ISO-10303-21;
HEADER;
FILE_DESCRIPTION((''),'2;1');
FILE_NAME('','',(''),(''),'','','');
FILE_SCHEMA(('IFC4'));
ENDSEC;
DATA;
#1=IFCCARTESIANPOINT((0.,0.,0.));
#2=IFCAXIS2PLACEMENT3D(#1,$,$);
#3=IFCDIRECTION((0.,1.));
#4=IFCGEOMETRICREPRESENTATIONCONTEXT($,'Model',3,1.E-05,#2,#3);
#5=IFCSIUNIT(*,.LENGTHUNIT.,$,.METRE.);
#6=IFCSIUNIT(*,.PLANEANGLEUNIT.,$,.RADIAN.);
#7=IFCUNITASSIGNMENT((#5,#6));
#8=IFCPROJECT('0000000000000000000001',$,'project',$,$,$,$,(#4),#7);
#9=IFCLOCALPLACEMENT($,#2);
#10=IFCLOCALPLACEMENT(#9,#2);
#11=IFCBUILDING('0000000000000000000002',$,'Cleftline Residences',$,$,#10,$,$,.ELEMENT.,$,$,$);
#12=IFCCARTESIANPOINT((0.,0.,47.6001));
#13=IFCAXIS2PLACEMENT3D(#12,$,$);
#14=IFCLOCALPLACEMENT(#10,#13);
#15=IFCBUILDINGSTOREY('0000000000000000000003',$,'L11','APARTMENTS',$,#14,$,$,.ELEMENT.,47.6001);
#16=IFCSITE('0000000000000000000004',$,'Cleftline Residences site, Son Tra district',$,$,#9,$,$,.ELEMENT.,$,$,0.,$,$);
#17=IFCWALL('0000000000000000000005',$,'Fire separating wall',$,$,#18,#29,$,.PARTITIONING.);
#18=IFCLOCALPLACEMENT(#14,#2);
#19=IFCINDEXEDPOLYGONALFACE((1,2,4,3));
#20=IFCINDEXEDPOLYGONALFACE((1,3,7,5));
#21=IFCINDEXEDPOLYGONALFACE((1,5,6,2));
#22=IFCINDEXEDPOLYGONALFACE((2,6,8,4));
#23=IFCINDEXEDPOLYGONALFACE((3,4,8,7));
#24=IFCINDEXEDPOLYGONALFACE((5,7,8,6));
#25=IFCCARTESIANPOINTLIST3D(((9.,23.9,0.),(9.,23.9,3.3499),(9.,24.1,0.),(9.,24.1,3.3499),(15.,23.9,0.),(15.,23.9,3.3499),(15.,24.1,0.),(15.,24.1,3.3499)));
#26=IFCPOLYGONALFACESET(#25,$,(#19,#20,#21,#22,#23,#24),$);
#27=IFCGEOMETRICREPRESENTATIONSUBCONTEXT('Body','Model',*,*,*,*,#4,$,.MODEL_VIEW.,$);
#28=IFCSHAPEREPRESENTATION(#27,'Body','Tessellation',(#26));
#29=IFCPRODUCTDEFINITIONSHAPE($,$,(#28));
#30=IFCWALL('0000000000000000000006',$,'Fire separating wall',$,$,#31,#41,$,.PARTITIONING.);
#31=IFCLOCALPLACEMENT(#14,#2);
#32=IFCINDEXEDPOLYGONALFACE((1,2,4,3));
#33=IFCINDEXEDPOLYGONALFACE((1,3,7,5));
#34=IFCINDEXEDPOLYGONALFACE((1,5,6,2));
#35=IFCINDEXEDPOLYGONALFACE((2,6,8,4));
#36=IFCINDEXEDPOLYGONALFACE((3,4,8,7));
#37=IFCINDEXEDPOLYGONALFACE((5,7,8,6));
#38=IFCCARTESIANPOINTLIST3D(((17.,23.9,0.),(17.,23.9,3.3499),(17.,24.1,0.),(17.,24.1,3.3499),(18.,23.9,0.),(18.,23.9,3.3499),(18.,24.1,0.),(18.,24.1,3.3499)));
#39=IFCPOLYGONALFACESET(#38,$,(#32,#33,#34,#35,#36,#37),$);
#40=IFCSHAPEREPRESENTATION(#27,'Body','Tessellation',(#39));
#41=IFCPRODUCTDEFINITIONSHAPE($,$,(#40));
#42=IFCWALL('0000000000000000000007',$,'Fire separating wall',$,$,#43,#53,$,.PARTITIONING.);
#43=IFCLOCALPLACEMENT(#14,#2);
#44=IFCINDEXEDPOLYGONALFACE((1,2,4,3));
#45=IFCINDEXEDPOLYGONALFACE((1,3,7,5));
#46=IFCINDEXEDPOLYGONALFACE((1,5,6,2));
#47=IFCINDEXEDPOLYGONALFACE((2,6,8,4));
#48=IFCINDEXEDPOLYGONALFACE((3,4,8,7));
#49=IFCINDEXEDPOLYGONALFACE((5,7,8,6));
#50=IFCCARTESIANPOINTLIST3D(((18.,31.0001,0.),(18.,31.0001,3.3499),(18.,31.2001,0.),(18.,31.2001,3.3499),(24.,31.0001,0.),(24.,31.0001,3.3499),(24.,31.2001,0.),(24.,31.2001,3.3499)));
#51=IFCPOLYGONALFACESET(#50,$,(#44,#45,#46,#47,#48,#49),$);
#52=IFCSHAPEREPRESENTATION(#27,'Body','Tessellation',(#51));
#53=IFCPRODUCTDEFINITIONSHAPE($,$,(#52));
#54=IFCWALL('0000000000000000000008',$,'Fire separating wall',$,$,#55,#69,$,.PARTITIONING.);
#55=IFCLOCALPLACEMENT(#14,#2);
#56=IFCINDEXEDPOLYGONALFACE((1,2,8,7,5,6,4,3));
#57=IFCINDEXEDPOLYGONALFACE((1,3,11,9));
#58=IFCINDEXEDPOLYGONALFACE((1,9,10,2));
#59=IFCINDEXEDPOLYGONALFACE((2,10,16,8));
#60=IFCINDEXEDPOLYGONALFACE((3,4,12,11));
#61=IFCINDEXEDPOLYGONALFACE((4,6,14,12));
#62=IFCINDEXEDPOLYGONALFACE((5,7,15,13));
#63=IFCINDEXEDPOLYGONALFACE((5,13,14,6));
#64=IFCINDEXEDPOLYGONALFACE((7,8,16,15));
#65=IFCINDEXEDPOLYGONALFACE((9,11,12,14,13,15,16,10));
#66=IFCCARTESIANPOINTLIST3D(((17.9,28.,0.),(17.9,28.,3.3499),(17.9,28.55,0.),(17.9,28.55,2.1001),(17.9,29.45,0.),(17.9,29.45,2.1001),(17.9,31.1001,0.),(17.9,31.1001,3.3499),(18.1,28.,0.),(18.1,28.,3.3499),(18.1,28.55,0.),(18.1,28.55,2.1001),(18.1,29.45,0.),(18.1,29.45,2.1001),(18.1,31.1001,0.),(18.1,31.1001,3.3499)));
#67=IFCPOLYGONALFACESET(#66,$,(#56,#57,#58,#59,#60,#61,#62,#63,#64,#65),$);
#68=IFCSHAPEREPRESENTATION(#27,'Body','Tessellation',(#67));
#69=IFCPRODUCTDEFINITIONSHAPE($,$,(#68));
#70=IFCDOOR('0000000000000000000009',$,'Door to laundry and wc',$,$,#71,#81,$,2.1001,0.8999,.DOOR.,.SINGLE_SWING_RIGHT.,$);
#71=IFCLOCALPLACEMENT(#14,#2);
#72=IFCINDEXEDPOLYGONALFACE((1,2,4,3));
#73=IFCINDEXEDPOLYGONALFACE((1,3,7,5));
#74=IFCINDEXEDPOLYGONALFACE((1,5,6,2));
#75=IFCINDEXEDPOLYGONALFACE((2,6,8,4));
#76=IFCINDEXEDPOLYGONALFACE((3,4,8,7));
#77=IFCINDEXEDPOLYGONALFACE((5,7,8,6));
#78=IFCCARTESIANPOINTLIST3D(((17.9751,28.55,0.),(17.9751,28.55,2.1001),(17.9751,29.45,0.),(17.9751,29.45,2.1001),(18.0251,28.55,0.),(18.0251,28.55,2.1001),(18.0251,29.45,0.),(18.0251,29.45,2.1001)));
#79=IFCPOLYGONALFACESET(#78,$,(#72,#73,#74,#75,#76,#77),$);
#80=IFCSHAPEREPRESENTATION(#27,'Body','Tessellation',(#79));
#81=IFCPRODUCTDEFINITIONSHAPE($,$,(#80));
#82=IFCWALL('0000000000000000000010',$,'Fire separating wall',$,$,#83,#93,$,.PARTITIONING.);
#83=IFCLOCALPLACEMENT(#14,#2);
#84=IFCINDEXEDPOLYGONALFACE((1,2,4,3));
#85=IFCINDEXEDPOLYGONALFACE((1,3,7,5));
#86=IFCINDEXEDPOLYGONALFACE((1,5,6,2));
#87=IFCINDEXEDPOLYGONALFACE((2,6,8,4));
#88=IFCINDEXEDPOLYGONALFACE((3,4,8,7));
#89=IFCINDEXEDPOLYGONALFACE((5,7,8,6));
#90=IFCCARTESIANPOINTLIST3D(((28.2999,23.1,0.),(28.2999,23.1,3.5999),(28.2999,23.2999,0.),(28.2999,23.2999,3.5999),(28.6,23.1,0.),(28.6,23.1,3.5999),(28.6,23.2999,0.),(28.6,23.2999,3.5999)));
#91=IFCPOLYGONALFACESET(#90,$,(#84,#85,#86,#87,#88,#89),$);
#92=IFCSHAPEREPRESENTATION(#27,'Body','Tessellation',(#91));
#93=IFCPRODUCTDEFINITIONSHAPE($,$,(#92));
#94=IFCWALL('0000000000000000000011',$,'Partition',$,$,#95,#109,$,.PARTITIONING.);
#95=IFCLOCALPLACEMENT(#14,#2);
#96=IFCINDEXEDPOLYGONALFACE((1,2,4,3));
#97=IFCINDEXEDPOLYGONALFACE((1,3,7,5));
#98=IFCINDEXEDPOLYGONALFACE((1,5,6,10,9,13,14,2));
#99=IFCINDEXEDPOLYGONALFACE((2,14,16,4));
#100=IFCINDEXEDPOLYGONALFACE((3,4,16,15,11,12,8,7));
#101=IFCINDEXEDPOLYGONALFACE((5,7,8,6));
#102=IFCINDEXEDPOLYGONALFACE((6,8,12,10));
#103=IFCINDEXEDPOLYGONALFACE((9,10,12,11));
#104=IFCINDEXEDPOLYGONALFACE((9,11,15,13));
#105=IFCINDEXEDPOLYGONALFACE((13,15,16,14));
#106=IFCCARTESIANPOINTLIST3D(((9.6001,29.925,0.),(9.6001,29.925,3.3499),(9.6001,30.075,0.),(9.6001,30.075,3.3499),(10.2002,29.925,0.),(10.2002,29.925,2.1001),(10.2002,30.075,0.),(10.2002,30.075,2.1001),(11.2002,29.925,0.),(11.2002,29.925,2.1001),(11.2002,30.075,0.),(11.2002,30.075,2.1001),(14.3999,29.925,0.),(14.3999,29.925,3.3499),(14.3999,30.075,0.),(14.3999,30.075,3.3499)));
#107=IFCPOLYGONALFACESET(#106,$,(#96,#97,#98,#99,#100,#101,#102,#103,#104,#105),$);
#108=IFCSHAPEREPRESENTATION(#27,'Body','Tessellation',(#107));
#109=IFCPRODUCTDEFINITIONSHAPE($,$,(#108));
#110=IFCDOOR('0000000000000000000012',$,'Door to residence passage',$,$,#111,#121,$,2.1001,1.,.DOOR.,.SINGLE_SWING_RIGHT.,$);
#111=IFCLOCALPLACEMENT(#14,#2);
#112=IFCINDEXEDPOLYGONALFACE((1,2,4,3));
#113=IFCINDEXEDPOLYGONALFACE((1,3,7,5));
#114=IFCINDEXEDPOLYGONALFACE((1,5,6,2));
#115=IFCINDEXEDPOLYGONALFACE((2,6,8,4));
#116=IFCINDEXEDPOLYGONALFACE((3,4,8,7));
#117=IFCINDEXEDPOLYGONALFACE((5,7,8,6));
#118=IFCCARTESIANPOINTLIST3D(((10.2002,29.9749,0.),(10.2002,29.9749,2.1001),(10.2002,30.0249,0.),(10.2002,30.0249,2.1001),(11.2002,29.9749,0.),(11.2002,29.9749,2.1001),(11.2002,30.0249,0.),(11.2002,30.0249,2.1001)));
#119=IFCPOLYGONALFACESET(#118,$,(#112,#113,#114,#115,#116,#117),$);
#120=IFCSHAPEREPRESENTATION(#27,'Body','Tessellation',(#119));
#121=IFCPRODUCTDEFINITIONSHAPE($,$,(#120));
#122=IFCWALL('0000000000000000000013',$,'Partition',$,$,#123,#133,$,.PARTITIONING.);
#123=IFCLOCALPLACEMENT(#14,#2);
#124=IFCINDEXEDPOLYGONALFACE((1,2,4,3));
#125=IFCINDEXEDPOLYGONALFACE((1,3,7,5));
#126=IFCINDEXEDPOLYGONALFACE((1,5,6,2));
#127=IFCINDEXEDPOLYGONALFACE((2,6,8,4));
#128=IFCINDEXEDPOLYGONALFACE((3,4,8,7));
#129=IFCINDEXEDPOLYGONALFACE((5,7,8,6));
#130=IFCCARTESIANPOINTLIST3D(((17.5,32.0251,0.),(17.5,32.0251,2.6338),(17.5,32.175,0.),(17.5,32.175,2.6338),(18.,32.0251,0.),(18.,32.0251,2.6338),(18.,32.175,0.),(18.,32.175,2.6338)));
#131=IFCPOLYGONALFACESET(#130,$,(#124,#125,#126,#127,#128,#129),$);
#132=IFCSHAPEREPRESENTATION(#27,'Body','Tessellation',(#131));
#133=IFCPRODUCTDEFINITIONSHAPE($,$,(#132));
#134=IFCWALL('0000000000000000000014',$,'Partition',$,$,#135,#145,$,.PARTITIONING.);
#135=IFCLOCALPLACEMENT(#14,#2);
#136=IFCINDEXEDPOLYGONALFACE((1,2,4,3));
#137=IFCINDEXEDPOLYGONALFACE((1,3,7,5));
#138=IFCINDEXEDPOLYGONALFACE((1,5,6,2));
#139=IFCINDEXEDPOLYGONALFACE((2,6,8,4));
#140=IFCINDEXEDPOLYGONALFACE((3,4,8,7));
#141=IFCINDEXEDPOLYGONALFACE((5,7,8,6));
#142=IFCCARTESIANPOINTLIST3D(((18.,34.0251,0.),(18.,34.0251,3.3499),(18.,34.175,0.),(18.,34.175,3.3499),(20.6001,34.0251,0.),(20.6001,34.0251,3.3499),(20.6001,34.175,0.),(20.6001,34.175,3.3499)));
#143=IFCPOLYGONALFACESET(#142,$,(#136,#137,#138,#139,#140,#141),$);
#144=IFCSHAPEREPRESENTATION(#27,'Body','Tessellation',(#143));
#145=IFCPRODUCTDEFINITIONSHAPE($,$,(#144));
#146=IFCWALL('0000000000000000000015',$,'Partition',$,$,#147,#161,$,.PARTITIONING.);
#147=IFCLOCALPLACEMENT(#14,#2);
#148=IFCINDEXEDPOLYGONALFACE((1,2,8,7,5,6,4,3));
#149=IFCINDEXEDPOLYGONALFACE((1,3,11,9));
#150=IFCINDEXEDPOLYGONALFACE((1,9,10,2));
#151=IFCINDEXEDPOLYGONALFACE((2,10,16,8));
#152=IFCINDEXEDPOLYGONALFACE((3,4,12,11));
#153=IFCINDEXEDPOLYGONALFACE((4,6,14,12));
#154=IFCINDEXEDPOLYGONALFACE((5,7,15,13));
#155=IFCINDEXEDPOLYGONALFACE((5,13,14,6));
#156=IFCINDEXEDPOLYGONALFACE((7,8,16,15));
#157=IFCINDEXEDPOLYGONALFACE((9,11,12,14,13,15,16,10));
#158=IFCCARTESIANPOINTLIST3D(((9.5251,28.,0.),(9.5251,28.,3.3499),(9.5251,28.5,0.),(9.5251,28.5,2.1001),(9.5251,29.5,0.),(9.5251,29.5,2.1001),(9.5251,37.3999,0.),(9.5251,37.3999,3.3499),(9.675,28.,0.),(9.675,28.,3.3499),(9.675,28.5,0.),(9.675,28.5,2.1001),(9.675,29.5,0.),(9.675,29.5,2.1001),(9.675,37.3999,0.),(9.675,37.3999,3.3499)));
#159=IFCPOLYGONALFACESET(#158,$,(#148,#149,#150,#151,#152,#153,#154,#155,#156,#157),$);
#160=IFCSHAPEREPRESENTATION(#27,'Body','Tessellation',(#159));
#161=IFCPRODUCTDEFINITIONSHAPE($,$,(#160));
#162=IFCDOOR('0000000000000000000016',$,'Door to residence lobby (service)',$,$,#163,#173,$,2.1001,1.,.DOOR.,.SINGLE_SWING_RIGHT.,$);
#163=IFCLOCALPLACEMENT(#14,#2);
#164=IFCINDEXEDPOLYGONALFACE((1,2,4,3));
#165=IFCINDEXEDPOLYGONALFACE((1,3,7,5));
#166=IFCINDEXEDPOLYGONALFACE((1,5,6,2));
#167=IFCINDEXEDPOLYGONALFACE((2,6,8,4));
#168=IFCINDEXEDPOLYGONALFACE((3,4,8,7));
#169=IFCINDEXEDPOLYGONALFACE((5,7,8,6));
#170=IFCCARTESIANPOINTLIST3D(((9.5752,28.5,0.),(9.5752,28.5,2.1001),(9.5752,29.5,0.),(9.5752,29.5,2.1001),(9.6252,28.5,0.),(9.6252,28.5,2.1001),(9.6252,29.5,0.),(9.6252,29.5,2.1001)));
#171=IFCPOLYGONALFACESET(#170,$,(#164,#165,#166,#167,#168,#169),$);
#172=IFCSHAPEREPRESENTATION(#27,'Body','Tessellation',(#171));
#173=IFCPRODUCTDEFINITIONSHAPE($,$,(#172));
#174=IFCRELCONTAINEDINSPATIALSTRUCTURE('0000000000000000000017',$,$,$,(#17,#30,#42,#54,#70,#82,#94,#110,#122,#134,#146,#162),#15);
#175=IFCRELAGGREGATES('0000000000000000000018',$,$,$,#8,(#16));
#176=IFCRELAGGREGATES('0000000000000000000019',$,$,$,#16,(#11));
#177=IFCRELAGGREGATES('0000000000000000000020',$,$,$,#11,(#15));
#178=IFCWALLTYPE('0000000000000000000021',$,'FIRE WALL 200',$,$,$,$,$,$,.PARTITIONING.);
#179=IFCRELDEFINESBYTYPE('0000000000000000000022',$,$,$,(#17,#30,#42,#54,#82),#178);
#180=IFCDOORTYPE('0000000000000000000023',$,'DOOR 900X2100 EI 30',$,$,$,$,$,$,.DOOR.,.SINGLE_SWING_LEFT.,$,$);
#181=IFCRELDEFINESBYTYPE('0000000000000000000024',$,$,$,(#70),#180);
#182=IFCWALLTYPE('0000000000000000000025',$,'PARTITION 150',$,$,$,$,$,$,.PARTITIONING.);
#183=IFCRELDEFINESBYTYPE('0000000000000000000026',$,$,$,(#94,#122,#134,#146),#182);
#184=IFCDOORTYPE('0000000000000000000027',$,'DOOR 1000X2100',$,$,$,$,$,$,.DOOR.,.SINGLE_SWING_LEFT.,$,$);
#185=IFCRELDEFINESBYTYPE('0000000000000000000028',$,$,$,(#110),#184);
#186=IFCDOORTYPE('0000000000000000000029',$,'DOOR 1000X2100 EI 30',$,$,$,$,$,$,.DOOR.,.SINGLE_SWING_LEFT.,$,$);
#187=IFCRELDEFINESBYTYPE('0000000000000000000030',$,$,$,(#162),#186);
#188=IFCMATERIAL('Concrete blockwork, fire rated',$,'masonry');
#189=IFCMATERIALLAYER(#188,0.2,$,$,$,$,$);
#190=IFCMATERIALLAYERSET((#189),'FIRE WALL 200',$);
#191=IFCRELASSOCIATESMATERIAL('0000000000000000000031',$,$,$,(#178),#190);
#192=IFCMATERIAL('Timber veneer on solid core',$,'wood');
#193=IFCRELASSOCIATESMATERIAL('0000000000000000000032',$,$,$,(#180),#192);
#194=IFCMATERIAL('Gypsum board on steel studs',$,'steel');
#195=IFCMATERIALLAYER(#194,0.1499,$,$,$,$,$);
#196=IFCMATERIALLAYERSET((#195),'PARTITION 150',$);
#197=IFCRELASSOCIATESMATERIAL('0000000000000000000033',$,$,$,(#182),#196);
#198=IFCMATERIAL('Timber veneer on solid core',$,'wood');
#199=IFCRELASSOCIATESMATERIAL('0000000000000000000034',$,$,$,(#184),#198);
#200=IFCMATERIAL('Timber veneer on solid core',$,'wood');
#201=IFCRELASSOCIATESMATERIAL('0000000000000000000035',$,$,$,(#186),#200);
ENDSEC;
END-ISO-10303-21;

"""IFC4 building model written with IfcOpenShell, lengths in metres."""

from ifc_helpers import new_model, si_unit, direction, frame, frame_2d, origin, place, context, subcontext, project, spatial, rectangle, extrude, material, layer, layer_set, type_object, element, fill, save


model = new_model("IFC4")

# Units and contexts
model_context = context("Model", 3, precision=1e-05, world=origin(), true_north=direction((0.0, 1.0)))
body_context = subcontext(model_context, "Body", "Model", "MODEL_VIEW")
ifc_project = project(units=[si_unit("LENGTHUNIT", "METRE"), si_unit("PLANEANGLEUNIT", "RADIAN")], contexts=[model_context])

# Site, building, storey
site_placement = place(None, origin())
site = spatial("IfcSite", under=ifc_project, at=site_placement, Name="Cleftline Residences site, Son Tra district", CompositionType="ELEMENT", RefElevation=0.0)
building_placement = place(site_placement, origin())
building = spatial("IfcBuilding", under=site, at=building_placement, Name="Cleftline Residences", CompositionType="ELEMENT")
storey_placement = place(building_placement, frame((0.0, 0.0, 47.6001)))
storey = spatial("IfcBuildingStorey", under=building, at=storey_placement, Name="L11", Description="APARTMENTS", CompositionType="ELEMENT", Elevation=47.6001)

# Walls
ifc_material_1 = material(Name="Concrete blockwork, fire rated", Category="masonry")
ifc_layer_1 = layer(ifc_material_1, 0.2)
ifc_layer_set_1 = layer_set([ifc_layer_1], Name="FIRE WALL 200")
wall_type_1 = type_object("IfcWallType", Name="FIRE WALL 200", PredefinedType="PARTITIONING", material=ifc_layer_set_1)
wall_1_placement = place(storey_placement, frame((9.0, 24.0, 0.0), z_axis=(0.0, 0.0, 1.0), x_axis=(1.0, 0.0, 0.0)))
element("IfcWall", 1, at=wall_1_placement, inside=storey, type_object=wall_type_1, Name="Fire separating wall", PredefinedType="PARTITIONING", context=body_context, shape_type="SweptSolid", body=[
    extrude(rectangle(XDim=6.0, YDim=0.2, at=frame_2d((3.0, 0.0))), origin(), (0.0, 0.0, 1.0), 3.3499),
])
wall_2_placement = place(storey_placement, frame((17.0, 24.0, 0.0), z_axis=(0.0, 0.0, 1.0), x_axis=(1.0, 0.0, 0.0)))
element("IfcWall", 2, at=wall_2_placement, inside=storey, type_object=wall_type_1, Name="Fire separating wall", PredefinedType="PARTITIONING", context=body_context, shape_type="SweptSolid", body=[
    extrude(rectangle(XDim=1.0, YDim=0.2, at=frame_2d((0.5, 0.0))), origin(), (0.0, 0.0, 1.0), 3.3499),
])
wall_3_placement = place(storey_placement, frame((18.0, 31.1001, 0.0), z_axis=(0.0, 0.0, 1.0), x_axis=(1.0, 0.0, 0.0)))
element("IfcWall", 3, at=wall_3_placement, inside=storey, type_object=wall_type_1, Name="Fire separating wall", PredefinedType="PARTITIONING", context=body_context, shape_type="SweptSolid", body=[
    extrude(rectangle(XDim=6.0, YDim=0.2, at=frame_2d((3.0, 0.0))), origin(), (0.0, 0.0, 1.0), 3.3499),
])

# Wall, opening, door
wall_4_placement = place(storey_placement, frame((18.0, 28.0, 0.0), z_axis=(0.0, 0.0, 1.0), x_axis=(0.0, 1.0, 0.0)))
wall_4 = element("IfcWall", 4, at=wall_4_placement, inside=storey, type_object=wall_type_1, Name="Fire separating wall", PredefinedType="PARTITIONING", context=body_context, shape_type="SweptSolid", body=[
    extrude(rectangle(XDim=3.1001, YDim=0.2, at=frame_2d((1.55, 0.0))), origin(), (0.0, 0.0, 1.0), 3.3499),
])
opening_1_placement = place(wall_4_placement, frame((0.55, 0.0, 0.0)))
opening_1 = element("IfcOpeningElement", 5, at=opening_1_placement, cuts=wall_4, PredefinedType="OPENING", context=body_context, shape_type="SweptSolid", body=[
    extrude(rectangle(XDim=0.8999, YDim=2.1001, at=frame_2d((0.45, 1.05))), frame((0.0, 0.1099, 0.0), z_axis=(0.0, -1.0, 0.0), x_axis=(1.0, 0.0, 0.0)), (0.0, 0.0, 1.0), 0.22),
])
ifc_material_2 = material(Name="Timber veneer on solid core", Category="wood")
door_type_1 = type_object("IfcDoorType", Name="DOOR 900X2100 EI 30", OperationType="SINGLE_SWING_LEFT", PredefinedType="DOOR", material=ifc_material_2)
door_1_placement = place(opening_1_placement, origin())
door_1 = element("IfcDoor", 6, at=door_1_placement, inside=storey, type_object=door_type_1, Name="Door to laundry and wc", OperationType="SINGLE_SWING_RIGHT", OverallHeight=2.1001, OverallWidth=0.8999, PredefinedType="DOOR", context=body_context, shape_type="SweptSolid", body=[
    extrude(rectangle(XDim=0.8999, YDim=2.1001, at=frame_2d((0.45, 1.05))), frame((0.0, 0.0249, 0.0), z_axis=(0.0, -1.0, 0.0), x_axis=(1.0, 0.0, 0.0)), (0.0, 0.0, 1.0), 0.05),
])
fill(opening_1, door_1)

# Wall
wall_5_placement = place(storey_placement, frame((28.3, 23.2, 0.0), z_axis=(0.0, 0.0, 1.0), x_axis=(1.0, 0.0, 0.0)))
element("IfcWall", 7, at=wall_5_placement, inside=storey, type_object=wall_type_1, Name="Fire separating wall", PredefinedType="PARTITIONING", context=body_context, shape_type="SweptSolid", body=[
    extrude(rectangle(XDim=0.3, YDim=0.2, at=frame_2d((0.1499, 0.0))), origin(), (0.0, 0.0, 1.0), 3.5999),
])

# Wall, opening, door
ifc_material_3 = material(Name="Gypsum board on steel studs", Category="steel")
ifc_layer_2 = layer(ifc_material_3, 0.1499)
ifc_layer_set_2 = layer_set([ifc_layer_2], Name="PARTITION 150")
wall_type_2 = type_object("IfcWallType", Name="PARTITION 150", PredefinedType="PARTITIONING", material=ifc_layer_set_2)
wall_6_placement = place(storey_placement, frame((9.6001, 30.0, 0.0), z_axis=(0.0, 0.0, 1.0), x_axis=(1.0, 0.0, 0.0)))
wall_6 = element("IfcWall", 8, at=wall_6_placement, inside=storey, type_object=wall_type_2, Name="Partition", PredefinedType="PARTITIONING", context=body_context, shape_type="SweptSolid", body=[
    extrude(rectangle(XDim=4.7998, YDim=0.1499, at=frame_2d((2.3999, 0.0))), origin(), (0.0, 0.0, 1.0), 3.3499),
])
opening_2_placement = place(wall_6_placement, frame((0.6001, 0.0, 0.0)))
opening_2 = element("IfcOpeningElement", 9, at=opening_2_placement, cuts=wall_6, PredefinedType="OPENING", context=body_context, shape_type="SweptSolid", body=[
    extrude(rectangle(XDim=1.0, YDim=2.1001, at=frame_2d((0.5, 1.05))), frame((0.0, 0.085, 0.0), z_axis=(0.0, -1.0, 0.0), x_axis=(1.0, 0.0, 0.0)), (0.0, 0.0, 1.0), 0.1699),
])
ifc_material_4 = material(Name="Timber veneer on solid core", Category="wood")
door_type_2 = type_object("IfcDoorType", Name="DOOR 1000X2100", OperationType="SINGLE_SWING_LEFT", PredefinedType="DOOR", material=ifc_material_4)
door_2_placement = place(opening_2_placement, origin())
door_2 = element("IfcDoor", 10, at=door_2_placement, inside=storey, type_object=door_type_2, Name="Door to residence passage", OperationType="SINGLE_SWING_RIGHT", OverallHeight=2.1001, OverallWidth=1.0, PredefinedType="DOOR", context=body_context, shape_type="SweptSolid", body=[
    extrude(rectangle(XDim=1.0, YDim=2.1001, at=frame_2d((0.5, 1.05))), frame((0.0, 0.0249, 0.0), z_axis=(0.0, -1.0, 0.0), x_axis=(1.0, 0.0, 0.0)), (0.0, 0.0, 1.0), 0.05),
])
fill(opening_2, door_2)

# Walls
wall_7_placement = place(storey_placement, frame((17.5, 32.1001, 0.0), z_axis=(0.0, 0.0, 1.0), x_axis=(1.0, 0.0, 0.0)))
element("IfcWall", 11, at=wall_7_placement, inside=storey, type_object=wall_type_2, Name="Partition", PredefinedType="PARTITIONING", context=body_context, shape_type="SweptSolid", body=[
    extrude(rectangle(XDim=0.5, YDim=0.1499, at=frame_2d((0.25, 0.0))), origin(), (0.0, 0.0, 1.0), 2.6338),
])
wall_8_placement = place(storey_placement, frame((18.0, 34.1001, 0.0), z_axis=(0.0, 0.0, 1.0), x_axis=(1.0, 0.0, 0.0)))
element("IfcWall", 12, at=wall_8_placement, inside=storey, type_object=wall_type_2, Name="Partition", PredefinedType="PARTITIONING", context=body_context, shape_type="SweptSolid", body=[
    extrude(rectangle(XDim=2.6001, YDim=0.1499, at=frame_2d((1.3, 0.0))), origin(), (0.0, 0.0, 1.0), 3.3499),
])

# Wall, opening, door
wall_9_placement = place(storey_placement, frame((9.6001, 28.0, 0.0), z_axis=(0.0, 0.0, 1.0), x_axis=(0.0, 1.0, 0.0)))
wall_9 = element("IfcWall", 13, at=wall_9_placement, inside=storey, type_object=wall_type_2, Name="Partition", PredefinedType="PARTITIONING", context=body_context, shape_type="SweptSolid", body=[
    extrude(rectangle(XDim=9.3999, YDim=0.1499, at=frame_2d((4.7, 0.0))), origin(), (0.0, 0.0, 1.0), 3.3499),
])
opening_3_placement = place(wall_9_placement, frame((0.5, 0.0, 0.0)))
opening_3 = element("IfcOpeningElement", 14, at=opening_3_placement, cuts=wall_9, PredefinedType="OPENING", context=body_context, shape_type="SweptSolid", body=[
    extrude(rectangle(XDim=1.0, YDim=2.1001, at=frame_2d((0.5, 1.05))), frame((0.0, 0.085, 0.0), z_axis=(0.0, -1.0, 0.0), x_axis=(1.0, 0.0, 0.0)), (0.0, 0.0, 1.0), 0.1699),
])
ifc_material_5 = material(Name="Timber veneer on solid core", Category="wood")
door_type_3 = type_object("IfcDoorType", Name="DOOR 1000X2100 EI 30", OperationType="SINGLE_SWING_LEFT", PredefinedType="DOOR", material=ifc_material_5)
door_3_placement = place(opening_3_placement, origin())
door_3 = element("IfcDoor", 15, at=door_3_placement, inside=storey, type_object=door_type_3, Name="Door to residence lobby (service)", OperationType="SINGLE_SWING_RIGHT", OverallHeight=2.1001, OverallWidth=1.0, PredefinedType="DOOR", context=body_context, shape_type="SweptSolid", body=[
    extrude(rectangle(XDim=1.0, YDim=2.1001, at=frame_2d((0.5, 1.05))), frame((0.0, 0.0249, 0.0), z_axis=(0.0, -1.0, 0.0), x_axis=(1.0, 0.0, 0.0)), (0.0, 0.0, 1.0), 0.05),
])
fill(opening_3, door_3)

save(model, "model.ifc")
